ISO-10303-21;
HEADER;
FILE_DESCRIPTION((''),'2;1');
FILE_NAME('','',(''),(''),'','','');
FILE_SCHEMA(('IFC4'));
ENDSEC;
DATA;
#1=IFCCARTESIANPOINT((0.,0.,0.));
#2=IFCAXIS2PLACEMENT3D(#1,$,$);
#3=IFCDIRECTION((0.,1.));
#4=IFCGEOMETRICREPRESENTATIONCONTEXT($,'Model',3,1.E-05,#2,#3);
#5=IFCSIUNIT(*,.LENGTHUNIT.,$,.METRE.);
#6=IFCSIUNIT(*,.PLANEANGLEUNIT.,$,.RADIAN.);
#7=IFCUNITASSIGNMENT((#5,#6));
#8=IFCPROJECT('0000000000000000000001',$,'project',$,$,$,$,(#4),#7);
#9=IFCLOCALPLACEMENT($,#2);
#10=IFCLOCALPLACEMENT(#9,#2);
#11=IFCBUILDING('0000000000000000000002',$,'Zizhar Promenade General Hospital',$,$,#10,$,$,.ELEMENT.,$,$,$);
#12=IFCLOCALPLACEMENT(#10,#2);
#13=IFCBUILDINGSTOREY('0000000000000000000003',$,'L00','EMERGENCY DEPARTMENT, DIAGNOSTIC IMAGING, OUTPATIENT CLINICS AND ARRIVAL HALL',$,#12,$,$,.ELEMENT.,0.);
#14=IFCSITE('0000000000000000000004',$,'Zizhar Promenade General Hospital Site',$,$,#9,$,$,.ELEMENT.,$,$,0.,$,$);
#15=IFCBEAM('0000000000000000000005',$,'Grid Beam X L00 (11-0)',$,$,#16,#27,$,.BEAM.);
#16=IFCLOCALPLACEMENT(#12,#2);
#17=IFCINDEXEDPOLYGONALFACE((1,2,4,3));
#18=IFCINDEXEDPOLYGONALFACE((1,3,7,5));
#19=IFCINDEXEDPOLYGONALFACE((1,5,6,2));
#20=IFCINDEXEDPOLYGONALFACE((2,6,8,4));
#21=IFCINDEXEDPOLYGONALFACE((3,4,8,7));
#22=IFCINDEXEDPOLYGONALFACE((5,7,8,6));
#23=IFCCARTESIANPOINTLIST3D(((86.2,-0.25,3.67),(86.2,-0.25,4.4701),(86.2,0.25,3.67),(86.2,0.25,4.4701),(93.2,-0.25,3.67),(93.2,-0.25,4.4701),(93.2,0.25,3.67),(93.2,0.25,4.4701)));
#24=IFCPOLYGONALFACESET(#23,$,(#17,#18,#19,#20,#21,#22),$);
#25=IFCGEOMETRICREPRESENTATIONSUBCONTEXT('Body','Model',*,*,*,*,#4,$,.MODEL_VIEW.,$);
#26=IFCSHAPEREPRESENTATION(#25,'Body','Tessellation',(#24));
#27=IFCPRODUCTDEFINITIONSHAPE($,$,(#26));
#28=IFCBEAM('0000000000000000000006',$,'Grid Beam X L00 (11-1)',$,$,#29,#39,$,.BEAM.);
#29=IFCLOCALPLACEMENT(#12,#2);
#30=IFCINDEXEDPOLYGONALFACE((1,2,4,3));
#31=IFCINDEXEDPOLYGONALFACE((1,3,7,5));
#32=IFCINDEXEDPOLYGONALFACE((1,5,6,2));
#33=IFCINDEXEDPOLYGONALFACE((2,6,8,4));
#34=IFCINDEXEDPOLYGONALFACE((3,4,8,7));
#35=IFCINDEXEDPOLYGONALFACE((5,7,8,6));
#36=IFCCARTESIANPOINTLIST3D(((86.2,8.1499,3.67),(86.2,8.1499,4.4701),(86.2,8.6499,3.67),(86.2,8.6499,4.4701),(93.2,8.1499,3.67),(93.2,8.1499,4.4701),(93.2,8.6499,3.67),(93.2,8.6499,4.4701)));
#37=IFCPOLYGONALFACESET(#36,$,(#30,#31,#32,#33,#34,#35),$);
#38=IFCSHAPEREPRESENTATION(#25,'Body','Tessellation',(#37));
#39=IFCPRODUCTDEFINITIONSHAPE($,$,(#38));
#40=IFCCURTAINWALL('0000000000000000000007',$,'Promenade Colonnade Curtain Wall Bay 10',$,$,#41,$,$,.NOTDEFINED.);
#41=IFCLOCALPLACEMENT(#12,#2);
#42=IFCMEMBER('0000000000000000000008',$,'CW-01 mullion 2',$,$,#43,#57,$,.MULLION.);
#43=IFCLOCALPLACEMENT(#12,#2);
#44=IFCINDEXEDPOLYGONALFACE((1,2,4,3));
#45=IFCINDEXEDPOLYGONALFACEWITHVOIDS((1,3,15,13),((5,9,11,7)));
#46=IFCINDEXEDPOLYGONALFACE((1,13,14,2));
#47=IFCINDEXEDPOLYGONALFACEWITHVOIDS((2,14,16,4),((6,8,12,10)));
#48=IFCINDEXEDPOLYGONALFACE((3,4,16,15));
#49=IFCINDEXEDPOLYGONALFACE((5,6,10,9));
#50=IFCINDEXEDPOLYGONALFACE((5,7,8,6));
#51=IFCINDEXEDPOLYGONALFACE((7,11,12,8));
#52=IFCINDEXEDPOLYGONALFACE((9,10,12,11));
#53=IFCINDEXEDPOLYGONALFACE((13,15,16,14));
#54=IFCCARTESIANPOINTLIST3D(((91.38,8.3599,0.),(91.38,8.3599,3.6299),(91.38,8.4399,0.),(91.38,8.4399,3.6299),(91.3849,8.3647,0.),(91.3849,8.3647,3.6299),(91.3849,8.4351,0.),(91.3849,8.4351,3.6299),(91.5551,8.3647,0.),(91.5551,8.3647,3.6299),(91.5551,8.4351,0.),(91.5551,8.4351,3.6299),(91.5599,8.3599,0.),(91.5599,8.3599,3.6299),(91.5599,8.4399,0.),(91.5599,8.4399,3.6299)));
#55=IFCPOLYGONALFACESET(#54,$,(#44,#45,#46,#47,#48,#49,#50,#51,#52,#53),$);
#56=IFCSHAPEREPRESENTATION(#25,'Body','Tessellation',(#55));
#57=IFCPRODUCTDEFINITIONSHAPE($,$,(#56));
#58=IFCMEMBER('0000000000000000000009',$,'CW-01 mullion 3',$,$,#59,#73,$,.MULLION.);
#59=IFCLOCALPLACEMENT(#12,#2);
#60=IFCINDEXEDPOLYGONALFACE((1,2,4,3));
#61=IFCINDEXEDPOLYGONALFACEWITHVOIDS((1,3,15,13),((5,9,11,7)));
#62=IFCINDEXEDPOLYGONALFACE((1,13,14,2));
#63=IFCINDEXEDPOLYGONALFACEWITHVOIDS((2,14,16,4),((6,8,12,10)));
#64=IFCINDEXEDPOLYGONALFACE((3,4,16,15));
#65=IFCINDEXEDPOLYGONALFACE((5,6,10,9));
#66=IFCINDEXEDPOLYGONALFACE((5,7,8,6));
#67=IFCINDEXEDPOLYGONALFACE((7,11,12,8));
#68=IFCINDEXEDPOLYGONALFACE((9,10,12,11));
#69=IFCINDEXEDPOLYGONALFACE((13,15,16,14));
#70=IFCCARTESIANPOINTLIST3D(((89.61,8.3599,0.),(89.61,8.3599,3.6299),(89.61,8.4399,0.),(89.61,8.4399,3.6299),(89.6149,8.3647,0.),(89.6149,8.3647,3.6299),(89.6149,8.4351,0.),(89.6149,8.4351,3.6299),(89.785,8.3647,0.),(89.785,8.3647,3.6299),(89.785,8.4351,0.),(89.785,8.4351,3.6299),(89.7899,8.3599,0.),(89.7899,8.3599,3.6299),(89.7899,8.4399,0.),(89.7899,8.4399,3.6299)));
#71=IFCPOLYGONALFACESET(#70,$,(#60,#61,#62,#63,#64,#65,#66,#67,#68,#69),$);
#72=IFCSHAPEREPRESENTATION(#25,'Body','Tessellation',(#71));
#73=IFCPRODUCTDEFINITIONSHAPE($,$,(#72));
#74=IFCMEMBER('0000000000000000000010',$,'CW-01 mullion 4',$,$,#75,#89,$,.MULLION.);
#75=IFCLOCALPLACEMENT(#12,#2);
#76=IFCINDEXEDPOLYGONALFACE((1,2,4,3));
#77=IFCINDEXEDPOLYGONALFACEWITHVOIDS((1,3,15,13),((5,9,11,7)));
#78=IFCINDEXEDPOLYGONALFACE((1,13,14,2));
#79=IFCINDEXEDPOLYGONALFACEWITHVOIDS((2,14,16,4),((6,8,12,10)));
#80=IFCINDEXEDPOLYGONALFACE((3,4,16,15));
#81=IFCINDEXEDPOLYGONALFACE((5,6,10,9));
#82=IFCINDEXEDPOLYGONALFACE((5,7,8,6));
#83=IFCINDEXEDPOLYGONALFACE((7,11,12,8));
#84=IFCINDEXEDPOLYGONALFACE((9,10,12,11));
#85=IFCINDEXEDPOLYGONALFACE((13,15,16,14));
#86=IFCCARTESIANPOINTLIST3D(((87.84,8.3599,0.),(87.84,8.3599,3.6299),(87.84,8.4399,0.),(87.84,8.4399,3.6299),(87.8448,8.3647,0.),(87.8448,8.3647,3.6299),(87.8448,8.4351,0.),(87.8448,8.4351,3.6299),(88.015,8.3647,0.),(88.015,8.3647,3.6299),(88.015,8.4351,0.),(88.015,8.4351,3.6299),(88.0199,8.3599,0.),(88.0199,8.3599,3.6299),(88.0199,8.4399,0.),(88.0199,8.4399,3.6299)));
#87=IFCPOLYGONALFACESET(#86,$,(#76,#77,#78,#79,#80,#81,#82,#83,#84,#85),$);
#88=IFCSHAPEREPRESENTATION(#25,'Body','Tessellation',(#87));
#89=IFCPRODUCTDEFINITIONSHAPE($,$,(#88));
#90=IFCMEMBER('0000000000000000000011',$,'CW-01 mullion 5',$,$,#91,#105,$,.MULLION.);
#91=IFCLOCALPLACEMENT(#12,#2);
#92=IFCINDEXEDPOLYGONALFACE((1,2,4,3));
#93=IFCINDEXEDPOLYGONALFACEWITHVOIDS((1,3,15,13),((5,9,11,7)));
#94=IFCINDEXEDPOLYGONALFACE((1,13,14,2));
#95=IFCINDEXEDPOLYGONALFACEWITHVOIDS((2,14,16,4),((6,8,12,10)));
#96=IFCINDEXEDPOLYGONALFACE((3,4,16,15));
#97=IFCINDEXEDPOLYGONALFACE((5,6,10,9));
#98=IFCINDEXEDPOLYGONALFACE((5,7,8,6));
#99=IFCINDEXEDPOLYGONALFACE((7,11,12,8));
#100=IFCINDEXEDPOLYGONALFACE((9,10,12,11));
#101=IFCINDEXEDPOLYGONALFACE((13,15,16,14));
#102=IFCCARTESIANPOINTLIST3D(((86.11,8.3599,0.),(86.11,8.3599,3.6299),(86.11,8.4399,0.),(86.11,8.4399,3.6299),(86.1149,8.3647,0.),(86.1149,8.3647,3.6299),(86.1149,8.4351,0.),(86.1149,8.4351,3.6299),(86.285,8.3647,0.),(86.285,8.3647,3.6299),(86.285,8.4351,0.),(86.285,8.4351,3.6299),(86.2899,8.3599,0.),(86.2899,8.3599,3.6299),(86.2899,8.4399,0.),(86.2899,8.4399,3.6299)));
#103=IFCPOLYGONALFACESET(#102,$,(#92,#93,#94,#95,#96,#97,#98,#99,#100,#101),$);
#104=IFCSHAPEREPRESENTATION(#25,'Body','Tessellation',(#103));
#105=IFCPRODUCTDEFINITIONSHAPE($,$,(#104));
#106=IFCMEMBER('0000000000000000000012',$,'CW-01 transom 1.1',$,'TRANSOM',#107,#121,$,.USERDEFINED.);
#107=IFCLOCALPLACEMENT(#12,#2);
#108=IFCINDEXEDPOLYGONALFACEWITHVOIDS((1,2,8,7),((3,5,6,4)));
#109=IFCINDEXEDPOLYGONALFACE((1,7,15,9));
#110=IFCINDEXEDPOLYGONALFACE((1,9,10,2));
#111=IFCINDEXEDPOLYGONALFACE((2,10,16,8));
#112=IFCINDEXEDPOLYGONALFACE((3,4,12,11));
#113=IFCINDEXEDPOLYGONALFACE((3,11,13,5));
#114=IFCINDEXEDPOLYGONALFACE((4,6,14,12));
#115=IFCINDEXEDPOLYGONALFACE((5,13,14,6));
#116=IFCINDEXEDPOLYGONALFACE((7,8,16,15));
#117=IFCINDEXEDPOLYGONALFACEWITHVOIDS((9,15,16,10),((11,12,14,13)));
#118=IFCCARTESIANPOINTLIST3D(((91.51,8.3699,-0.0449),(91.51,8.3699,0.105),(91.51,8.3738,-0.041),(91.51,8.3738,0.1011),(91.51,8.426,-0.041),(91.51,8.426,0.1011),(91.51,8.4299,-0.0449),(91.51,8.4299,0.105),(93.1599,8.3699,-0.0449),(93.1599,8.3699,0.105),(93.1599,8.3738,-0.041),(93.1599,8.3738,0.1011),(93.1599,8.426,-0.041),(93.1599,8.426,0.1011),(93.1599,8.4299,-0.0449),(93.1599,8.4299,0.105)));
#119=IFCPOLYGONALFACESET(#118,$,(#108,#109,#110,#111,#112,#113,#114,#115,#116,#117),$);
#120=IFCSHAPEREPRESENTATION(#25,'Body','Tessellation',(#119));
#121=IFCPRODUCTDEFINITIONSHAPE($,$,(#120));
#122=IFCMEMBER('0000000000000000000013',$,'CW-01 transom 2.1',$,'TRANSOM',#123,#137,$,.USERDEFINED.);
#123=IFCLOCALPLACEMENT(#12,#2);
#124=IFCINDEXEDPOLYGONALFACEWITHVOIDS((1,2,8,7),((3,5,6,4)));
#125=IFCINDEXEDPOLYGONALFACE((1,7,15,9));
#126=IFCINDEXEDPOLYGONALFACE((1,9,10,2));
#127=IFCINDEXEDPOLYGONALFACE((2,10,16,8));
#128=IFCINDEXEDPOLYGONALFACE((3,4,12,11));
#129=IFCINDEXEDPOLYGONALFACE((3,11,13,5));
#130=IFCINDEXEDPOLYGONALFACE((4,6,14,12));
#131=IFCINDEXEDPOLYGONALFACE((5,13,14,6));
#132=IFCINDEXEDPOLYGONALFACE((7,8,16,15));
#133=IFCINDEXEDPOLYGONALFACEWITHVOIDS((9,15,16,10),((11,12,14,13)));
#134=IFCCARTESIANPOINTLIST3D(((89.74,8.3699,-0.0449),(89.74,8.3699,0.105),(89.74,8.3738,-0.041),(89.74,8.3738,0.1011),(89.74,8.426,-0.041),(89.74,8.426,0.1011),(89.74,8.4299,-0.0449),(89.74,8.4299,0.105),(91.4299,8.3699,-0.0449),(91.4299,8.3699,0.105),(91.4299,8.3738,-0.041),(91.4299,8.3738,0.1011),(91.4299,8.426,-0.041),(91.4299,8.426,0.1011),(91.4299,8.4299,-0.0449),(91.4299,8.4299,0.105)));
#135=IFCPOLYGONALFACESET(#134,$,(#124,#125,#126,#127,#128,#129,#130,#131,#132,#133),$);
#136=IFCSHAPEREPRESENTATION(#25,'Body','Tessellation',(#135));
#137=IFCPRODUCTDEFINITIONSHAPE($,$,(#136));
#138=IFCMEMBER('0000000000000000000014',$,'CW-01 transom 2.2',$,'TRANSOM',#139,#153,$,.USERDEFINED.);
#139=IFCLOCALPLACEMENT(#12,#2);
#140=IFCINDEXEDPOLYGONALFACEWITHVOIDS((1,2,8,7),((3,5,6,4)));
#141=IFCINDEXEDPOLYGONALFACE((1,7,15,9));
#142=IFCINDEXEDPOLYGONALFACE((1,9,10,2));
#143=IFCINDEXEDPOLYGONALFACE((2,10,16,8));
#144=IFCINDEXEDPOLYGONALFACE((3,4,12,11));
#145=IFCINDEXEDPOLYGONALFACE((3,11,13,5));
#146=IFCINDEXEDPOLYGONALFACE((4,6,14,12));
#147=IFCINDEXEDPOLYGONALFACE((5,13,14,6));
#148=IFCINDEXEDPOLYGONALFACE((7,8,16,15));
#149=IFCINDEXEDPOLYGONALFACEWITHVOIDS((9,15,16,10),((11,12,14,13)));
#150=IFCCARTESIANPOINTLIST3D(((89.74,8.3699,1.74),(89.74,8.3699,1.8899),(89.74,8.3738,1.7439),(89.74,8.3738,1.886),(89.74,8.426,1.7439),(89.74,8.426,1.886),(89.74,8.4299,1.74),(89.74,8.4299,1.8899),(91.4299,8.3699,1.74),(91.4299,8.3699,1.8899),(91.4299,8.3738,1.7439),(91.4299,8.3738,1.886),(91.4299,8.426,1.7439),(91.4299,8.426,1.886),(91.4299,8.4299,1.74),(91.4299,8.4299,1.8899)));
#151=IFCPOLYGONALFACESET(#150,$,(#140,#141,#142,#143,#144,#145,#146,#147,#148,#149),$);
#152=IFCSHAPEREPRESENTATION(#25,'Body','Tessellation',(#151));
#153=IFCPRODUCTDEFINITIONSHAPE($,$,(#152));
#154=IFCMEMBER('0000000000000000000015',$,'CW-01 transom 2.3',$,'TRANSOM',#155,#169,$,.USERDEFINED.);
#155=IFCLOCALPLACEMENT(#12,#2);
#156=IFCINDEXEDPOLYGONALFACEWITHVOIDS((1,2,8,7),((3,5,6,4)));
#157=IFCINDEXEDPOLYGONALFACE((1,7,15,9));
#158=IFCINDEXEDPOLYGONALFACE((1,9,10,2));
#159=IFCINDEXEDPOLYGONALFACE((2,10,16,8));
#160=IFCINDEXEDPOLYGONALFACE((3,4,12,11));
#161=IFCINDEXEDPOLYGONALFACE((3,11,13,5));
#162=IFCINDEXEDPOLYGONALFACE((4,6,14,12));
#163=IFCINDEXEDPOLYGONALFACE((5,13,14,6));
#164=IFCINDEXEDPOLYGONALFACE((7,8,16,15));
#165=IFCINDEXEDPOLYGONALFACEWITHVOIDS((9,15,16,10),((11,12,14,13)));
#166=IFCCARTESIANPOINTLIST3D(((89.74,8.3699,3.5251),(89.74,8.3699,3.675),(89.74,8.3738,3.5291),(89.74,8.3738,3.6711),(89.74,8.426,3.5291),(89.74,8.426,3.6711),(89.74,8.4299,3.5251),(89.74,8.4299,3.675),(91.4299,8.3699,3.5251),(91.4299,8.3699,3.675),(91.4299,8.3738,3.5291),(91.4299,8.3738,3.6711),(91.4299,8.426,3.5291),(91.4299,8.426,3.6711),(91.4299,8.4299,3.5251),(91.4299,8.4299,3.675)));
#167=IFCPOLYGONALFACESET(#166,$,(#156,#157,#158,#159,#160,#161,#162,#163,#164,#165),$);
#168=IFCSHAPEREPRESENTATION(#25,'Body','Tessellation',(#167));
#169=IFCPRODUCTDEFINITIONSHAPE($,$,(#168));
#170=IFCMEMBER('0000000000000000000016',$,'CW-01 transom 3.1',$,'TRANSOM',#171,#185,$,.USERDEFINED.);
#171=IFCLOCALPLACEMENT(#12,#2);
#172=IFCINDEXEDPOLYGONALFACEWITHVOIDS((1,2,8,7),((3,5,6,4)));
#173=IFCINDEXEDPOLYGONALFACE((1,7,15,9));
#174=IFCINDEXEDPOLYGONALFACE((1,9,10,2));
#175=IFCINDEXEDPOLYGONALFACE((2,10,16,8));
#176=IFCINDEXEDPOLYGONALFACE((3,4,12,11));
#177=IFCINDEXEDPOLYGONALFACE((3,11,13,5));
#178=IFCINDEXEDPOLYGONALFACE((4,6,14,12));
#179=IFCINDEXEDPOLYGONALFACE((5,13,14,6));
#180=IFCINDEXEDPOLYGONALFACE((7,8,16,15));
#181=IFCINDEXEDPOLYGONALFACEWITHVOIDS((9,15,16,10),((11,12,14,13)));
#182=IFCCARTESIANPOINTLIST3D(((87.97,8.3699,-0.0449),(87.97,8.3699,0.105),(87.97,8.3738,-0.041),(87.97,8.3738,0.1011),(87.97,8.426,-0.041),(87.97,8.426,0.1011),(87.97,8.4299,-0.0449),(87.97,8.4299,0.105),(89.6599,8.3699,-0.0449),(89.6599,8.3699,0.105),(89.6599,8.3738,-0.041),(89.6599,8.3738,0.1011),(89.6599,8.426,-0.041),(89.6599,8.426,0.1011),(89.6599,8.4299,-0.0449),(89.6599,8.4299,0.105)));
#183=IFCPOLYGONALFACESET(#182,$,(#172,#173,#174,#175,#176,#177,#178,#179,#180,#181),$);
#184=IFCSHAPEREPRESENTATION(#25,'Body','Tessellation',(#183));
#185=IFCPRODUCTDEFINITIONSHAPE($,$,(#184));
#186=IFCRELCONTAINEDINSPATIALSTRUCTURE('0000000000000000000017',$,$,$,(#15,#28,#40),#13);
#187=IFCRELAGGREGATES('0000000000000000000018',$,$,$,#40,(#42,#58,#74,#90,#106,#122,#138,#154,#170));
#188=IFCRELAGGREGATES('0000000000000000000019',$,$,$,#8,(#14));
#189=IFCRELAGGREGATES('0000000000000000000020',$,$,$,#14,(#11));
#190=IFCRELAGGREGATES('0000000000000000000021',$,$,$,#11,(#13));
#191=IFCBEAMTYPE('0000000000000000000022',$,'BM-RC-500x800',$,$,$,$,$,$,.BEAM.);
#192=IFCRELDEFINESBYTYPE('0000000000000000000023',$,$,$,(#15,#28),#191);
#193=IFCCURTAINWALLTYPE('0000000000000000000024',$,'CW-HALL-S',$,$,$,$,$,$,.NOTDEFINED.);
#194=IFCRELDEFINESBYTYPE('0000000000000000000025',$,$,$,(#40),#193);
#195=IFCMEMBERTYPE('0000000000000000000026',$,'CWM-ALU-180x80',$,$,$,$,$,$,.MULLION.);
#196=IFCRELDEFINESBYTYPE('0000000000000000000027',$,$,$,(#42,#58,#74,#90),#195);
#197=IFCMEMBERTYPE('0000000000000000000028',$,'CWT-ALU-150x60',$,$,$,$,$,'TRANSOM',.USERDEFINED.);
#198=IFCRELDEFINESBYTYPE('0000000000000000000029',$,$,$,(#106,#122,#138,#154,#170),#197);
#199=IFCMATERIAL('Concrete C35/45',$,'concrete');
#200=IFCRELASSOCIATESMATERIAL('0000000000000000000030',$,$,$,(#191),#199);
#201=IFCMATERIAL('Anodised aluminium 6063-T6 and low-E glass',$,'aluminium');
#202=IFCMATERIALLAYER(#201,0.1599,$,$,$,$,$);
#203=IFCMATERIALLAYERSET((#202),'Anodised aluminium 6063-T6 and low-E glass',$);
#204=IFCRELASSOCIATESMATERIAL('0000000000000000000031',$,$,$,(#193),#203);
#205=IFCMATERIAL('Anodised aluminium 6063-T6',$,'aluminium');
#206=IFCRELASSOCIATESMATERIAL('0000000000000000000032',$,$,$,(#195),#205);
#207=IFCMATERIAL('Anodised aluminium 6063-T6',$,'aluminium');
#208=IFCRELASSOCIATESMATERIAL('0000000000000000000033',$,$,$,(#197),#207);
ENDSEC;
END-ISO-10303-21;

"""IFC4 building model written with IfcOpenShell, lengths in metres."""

from ifc_helpers import new_model, si_unit, direction, frame, origin, origin_2d, place, context, subcontext, project, spatial, rectangle, hollow_rectangle, extrude, material, layer, layer_set, material_profile, profile_set, type_object, element, aggregate, save


model = new_model("IFC4")

# Units and contexts
model_context = context("Model", 3, precision=1e-05, world=origin(), true_north=direction((0.0, 1.0)))
body_context = subcontext(model_context, "Body", "Model", "MODEL_VIEW")
ifc_project = project(units=[si_unit("LENGTHUNIT", "METRE"), si_unit("PLANEANGLEUNIT", "RADIAN")], contexts=[model_context])

# Site, building, storey
site_placement = place(None, origin())
site = spatial("IfcSite", under=ifc_project, at=site_placement, Name="Zizhar Promenade General Hospital Site", CompositionType="ELEMENT", RefElevation=0.0)
building_placement = place(site_placement, origin())
building = spatial("IfcBuilding", under=site, at=building_placement, Name="Zizhar Promenade General Hospital", CompositionType="ELEMENT")
storey_placement = place(building_placement, origin())
storey = spatial("IfcBuildingStorey", under=building, at=storey_placement, Name="L00", Description="EMERGENCY DEPARTMENT, DIAGNOSTIC IMAGING, OUTPATIENT CLINICS AND ARRIVAL HALL", CompositionType="ELEMENT", Elevation=0.0)

# Beams
ifc_material_1 = material(Name="Concrete C35/45", Category="concrete")
ifc_material_profile_1 = material_profile(ifc_material_1, rectangle(XDim=0.5, YDim=0.8, at=origin_2d()))
ifc_profile_set_1 = profile_set([ifc_material_profile_1], Name="Concrete C35/45")
beam_type = type_object("IfcBeamType", Name="BM-RC-500x800", PredefinedType="BEAM", material=ifc_profile_set_1)
for number, where, z_axis, x_axis, name in (
    (1, (86.2, 0.0, 4.0701), (1.0, 0.0, 0.0), (0.0, 1.0, 0.0), "Grid Beam X L00 (11-0)"),
    (2, (86.2, 8.3999, 4.0701), (1.0, 0.0, 0.0), (0.0, 1.0, 0.0), "Grid Beam X L00 (11-1)"),
):
    element("IfcBeam", number, at=place(storey_placement, frame(where, z_axis=z_axis, x_axis=x_axis)), inside=storey, type_object=beam_type, Name=name, PredefinedType="BEAM", context=body_context, shape_type="SweptSolid", body=[
        extrude(rectangle(XDim=0.5, YDim=0.8, at=origin_2d()), origin(), (0.0, 0.0, 1.0), 7.0),
    ])

# Curtain wall, members
ifc_material_2 = material(Name="Anodised aluminium 6063-T6 and low-E glass", Category="aluminium")
ifc_layer_1 = layer(ifc_material_2, 0.1599)
ifc_layer_set_1 = layer_set([ifc_layer_1], Name="Anodised aluminium 6063-T6 and low-E glass")
curtain_wall_type = type_object("IfcCurtainWallType", Name="CW-HALL-S", PredefinedType="NOTDEFINED", material=ifc_layer_set_1)
curtain_wall_placement = place(storey_placement, origin())
curtain_wall = element("IfcCurtainWall", 3, at=curtain_wall_placement, inside=storey, type_object=curtain_wall_type, Name="Promenade Colonnade Curtain Wall Bay 10", PredefinedType="NOTDEFINED")
ifc_material_3 = material(Name="Anodised aluminium 6063-T6", Category="aluminium")
ifc_material_profile_2 = material_profile(ifc_material_3, hollow_rectangle(XDim=0.0801, YDim=0.1799, WallThickness=0.0049, at=origin_2d()))
ifc_profile_set_2 = profile_set([ifc_material_profile_2], Name="Anodised aluminium 6063-T6")
member_type_1 = type_object("IfcMemberType", Name="CWM-ALU-180x80", PredefinedType="MULLION", material=ifc_profile_set_2)
member_1_placement = place(storey_placement, frame((91.47, 8.3999, 0.0), z_axis=(0.0, 0.0, 1.0), x_axis=(0.0, -1.0, 0.0)))
member_1 = element("IfcMember", 4, at=member_1_placement, type_object=member_type_1, Name="CW-01 mullion 2", PredefinedType="MULLION", context=body_context, shape_type="SweptSolid", body=[
    extrude(hollow_rectangle(XDim=0.0801, YDim=0.1799, WallThickness=0.0049, at=origin_2d()), origin(), (0.0, 0.0, 1.0), 3.6299),
])
member_2_placement = place(storey_placement, frame((89.7, 8.3999, 0.0), z_axis=(0.0, 0.0, 1.0), x_axis=(0.0, -1.0, 0.0)))
member_2 = element("IfcMember", 5, at=member_2_placement, type_object=member_type_1, Name="CW-01 mullion 3", PredefinedType="MULLION", context=body_context, shape_type="SweptSolid", body=[
    extrude(hollow_rectangle(XDim=0.0801, YDim=0.1799, WallThickness=0.0049, at=origin_2d()), origin(), (0.0, 0.0, 1.0), 3.6299),
])
member_3_placement = place(storey_placement, frame((87.9299, 8.3999, 0.0), z_axis=(0.0, 0.0, 1.0), x_axis=(0.0, -1.0, 0.0)))
member_3 = element("IfcMember", 6, at=member_3_placement, type_object=member_type_1, Name="CW-01 mullion 4", PredefinedType="MULLION", context=body_context, shape_type="SweptSolid", body=[
    extrude(hollow_rectangle(XDim=0.0801, YDim=0.1799, WallThickness=0.0049, at=origin_2d()), origin(), (0.0, 0.0, 1.0), 3.6299),
])
member_4_placement = place(storey_placement, frame((86.2, 8.3999, 0.0), z_axis=(0.0, 0.0, 1.0), x_axis=(0.0, -1.0, 0.0)))
member_4 = element("IfcMember", 7, at=member_4_placement, type_object=member_type_1, Name="CW-01 mullion 5", PredefinedType="MULLION", context=body_context, shape_type="SweptSolid", body=[
    extrude(hollow_rectangle(XDim=0.0801, YDim=0.1799, WallThickness=0.0049, at=origin_2d()), origin(), (0.0, 0.0, 1.0), 3.6299),
])
ifc_material_4 = material(Name="Anodised aluminium 6063-T6", Category="aluminium")
ifc_material_profile_3 = material_profile(ifc_material_4, hollow_rectangle(XDim=0.0601, YDim=0.1499, WallThickness=0.0039, at=origin_2d()))
ifc_profile_set_3 = profile_set([ifc_material_profile_3], Name="Anodised aluminium 6063-T6")
member_type_2 = type_object("IfcMemberType", Name="CWT-ALU-150x60", ElementType="TRANSOM", PredefinedType="USERDEFINED", material=ifc_profile_set_3)
member_5_placement = place(storey_placement, frame((93.1599, 8.3999, 0.03), z_axis=(-1.0, 0.0, 0.0), x_axis=(0.0, -1.0, 0.0)))
member_5 = element("IfcMember", 8, at=member_5_placement, type_object=member_type_2, Name="CW-01 transom 1.1", ObjectType="TRANSOM", PredefinedType="USERDEFINED", context=body_context, shape_type="SweptSolid", body=[
    extrude(hollow_rectangle(XDim=0.0601, YDim=0.1499, WallThickness=0.0039, at=origin_2d()), origin(), (0.0, 0.0, 1.0), 1.6499),
])
member_6_placement = place(storey_placement, frame((91.4299, 8.3999, 0.03), z_axis=(-1.0, 0.0, 0.0), x_axis=(0.0, -1.0, 0.0)))
member_6 = element("IfcMember", 9, at=member_6_placement, type_object=member_type_2, Name="CW-01 transom 2.1", ObjectType="TRANSOM", PredefinedType="USERDEFINED", context=body_context, shape_type="SweptSolid", body=[
    extrude(hollow_rectangle(XDim=0.0601, YDim=0.1499, WallThickness=0.0039, at=origin_2d()), origin(), (0.0, 0.0, 1.0), 1.6899),
])
member_7_placement = place(storey_placement, frame((91.4299, 8.3999, 1.8149), z_axis=(-1.0, 0.0, 0.0), x_axis=(0.0, -1.0, 0.0)))
member_7 = element("IfcMember", 10, at=member_7_placement, type_object=member_type_2, Name="CW-01 transom 2.2", ObjectType="TRANSOM", PredefinedType="USERDEFINED", context=body_context, shape_type="SweptSolid", body=[
    extrude(hollow_rectangle(XDim=0.0601, YDim=0.1499, WallThickness=0.0039, at=origin_2d()), origin(), (0.0, 0.0, 1.0), 1.6899),
])
member_8_placement = place(storey_placement, frame((91.4299, 8.3999, 3.6001), z_axis=(-1.0, 0.0, 0.0), x_axis=(0.0, -1.0, 0.0)))
member_8 = element("IfcMember", 11, at=member_8_placement, type_object=member_type_2, Name="CW-01 transom 2.3", ObjectType="TRANSOM", PredefinedType="USERDEFINED", context=body_context, shape_type="SweptSolid", body=[
    extrude(hollow_rectangle(XDim=0.0601, YDim=0.1499, WallThickness=0.0039, at=origin_2d()), origin(), (0.0, 0.0, 1.0), 1.6899),
])
member_9_placement = place(storey_placement, frame((89.6599, 8.3999, 0.03), z_axis=(-1.0, 0.0, 0.0), x_axis=(0.0, -1.0, 0.0)))
member_9 = element("IfcMember", 12, at=member_9_placement, type_object=member_type_2, Name="CW-01 transom 3.1", ObjectType="TRANSOM", PredefinedType="USERDEFINED", context=body_context, shape_type="SweptSolid", body=[
    extrude(hollow_rectangle(XDim=0.0601, YDim=0.1499, WallThickness=0.0039, at=origin_2d()), origin(), (0.0, 0.0, 1.0), 1.6899),
])
aggregate(curtain_wall, [member_1, member_2, member_3, member_4, member_5, member_6, member_7, member_8, member_9])

save(model, "model.ifc")
